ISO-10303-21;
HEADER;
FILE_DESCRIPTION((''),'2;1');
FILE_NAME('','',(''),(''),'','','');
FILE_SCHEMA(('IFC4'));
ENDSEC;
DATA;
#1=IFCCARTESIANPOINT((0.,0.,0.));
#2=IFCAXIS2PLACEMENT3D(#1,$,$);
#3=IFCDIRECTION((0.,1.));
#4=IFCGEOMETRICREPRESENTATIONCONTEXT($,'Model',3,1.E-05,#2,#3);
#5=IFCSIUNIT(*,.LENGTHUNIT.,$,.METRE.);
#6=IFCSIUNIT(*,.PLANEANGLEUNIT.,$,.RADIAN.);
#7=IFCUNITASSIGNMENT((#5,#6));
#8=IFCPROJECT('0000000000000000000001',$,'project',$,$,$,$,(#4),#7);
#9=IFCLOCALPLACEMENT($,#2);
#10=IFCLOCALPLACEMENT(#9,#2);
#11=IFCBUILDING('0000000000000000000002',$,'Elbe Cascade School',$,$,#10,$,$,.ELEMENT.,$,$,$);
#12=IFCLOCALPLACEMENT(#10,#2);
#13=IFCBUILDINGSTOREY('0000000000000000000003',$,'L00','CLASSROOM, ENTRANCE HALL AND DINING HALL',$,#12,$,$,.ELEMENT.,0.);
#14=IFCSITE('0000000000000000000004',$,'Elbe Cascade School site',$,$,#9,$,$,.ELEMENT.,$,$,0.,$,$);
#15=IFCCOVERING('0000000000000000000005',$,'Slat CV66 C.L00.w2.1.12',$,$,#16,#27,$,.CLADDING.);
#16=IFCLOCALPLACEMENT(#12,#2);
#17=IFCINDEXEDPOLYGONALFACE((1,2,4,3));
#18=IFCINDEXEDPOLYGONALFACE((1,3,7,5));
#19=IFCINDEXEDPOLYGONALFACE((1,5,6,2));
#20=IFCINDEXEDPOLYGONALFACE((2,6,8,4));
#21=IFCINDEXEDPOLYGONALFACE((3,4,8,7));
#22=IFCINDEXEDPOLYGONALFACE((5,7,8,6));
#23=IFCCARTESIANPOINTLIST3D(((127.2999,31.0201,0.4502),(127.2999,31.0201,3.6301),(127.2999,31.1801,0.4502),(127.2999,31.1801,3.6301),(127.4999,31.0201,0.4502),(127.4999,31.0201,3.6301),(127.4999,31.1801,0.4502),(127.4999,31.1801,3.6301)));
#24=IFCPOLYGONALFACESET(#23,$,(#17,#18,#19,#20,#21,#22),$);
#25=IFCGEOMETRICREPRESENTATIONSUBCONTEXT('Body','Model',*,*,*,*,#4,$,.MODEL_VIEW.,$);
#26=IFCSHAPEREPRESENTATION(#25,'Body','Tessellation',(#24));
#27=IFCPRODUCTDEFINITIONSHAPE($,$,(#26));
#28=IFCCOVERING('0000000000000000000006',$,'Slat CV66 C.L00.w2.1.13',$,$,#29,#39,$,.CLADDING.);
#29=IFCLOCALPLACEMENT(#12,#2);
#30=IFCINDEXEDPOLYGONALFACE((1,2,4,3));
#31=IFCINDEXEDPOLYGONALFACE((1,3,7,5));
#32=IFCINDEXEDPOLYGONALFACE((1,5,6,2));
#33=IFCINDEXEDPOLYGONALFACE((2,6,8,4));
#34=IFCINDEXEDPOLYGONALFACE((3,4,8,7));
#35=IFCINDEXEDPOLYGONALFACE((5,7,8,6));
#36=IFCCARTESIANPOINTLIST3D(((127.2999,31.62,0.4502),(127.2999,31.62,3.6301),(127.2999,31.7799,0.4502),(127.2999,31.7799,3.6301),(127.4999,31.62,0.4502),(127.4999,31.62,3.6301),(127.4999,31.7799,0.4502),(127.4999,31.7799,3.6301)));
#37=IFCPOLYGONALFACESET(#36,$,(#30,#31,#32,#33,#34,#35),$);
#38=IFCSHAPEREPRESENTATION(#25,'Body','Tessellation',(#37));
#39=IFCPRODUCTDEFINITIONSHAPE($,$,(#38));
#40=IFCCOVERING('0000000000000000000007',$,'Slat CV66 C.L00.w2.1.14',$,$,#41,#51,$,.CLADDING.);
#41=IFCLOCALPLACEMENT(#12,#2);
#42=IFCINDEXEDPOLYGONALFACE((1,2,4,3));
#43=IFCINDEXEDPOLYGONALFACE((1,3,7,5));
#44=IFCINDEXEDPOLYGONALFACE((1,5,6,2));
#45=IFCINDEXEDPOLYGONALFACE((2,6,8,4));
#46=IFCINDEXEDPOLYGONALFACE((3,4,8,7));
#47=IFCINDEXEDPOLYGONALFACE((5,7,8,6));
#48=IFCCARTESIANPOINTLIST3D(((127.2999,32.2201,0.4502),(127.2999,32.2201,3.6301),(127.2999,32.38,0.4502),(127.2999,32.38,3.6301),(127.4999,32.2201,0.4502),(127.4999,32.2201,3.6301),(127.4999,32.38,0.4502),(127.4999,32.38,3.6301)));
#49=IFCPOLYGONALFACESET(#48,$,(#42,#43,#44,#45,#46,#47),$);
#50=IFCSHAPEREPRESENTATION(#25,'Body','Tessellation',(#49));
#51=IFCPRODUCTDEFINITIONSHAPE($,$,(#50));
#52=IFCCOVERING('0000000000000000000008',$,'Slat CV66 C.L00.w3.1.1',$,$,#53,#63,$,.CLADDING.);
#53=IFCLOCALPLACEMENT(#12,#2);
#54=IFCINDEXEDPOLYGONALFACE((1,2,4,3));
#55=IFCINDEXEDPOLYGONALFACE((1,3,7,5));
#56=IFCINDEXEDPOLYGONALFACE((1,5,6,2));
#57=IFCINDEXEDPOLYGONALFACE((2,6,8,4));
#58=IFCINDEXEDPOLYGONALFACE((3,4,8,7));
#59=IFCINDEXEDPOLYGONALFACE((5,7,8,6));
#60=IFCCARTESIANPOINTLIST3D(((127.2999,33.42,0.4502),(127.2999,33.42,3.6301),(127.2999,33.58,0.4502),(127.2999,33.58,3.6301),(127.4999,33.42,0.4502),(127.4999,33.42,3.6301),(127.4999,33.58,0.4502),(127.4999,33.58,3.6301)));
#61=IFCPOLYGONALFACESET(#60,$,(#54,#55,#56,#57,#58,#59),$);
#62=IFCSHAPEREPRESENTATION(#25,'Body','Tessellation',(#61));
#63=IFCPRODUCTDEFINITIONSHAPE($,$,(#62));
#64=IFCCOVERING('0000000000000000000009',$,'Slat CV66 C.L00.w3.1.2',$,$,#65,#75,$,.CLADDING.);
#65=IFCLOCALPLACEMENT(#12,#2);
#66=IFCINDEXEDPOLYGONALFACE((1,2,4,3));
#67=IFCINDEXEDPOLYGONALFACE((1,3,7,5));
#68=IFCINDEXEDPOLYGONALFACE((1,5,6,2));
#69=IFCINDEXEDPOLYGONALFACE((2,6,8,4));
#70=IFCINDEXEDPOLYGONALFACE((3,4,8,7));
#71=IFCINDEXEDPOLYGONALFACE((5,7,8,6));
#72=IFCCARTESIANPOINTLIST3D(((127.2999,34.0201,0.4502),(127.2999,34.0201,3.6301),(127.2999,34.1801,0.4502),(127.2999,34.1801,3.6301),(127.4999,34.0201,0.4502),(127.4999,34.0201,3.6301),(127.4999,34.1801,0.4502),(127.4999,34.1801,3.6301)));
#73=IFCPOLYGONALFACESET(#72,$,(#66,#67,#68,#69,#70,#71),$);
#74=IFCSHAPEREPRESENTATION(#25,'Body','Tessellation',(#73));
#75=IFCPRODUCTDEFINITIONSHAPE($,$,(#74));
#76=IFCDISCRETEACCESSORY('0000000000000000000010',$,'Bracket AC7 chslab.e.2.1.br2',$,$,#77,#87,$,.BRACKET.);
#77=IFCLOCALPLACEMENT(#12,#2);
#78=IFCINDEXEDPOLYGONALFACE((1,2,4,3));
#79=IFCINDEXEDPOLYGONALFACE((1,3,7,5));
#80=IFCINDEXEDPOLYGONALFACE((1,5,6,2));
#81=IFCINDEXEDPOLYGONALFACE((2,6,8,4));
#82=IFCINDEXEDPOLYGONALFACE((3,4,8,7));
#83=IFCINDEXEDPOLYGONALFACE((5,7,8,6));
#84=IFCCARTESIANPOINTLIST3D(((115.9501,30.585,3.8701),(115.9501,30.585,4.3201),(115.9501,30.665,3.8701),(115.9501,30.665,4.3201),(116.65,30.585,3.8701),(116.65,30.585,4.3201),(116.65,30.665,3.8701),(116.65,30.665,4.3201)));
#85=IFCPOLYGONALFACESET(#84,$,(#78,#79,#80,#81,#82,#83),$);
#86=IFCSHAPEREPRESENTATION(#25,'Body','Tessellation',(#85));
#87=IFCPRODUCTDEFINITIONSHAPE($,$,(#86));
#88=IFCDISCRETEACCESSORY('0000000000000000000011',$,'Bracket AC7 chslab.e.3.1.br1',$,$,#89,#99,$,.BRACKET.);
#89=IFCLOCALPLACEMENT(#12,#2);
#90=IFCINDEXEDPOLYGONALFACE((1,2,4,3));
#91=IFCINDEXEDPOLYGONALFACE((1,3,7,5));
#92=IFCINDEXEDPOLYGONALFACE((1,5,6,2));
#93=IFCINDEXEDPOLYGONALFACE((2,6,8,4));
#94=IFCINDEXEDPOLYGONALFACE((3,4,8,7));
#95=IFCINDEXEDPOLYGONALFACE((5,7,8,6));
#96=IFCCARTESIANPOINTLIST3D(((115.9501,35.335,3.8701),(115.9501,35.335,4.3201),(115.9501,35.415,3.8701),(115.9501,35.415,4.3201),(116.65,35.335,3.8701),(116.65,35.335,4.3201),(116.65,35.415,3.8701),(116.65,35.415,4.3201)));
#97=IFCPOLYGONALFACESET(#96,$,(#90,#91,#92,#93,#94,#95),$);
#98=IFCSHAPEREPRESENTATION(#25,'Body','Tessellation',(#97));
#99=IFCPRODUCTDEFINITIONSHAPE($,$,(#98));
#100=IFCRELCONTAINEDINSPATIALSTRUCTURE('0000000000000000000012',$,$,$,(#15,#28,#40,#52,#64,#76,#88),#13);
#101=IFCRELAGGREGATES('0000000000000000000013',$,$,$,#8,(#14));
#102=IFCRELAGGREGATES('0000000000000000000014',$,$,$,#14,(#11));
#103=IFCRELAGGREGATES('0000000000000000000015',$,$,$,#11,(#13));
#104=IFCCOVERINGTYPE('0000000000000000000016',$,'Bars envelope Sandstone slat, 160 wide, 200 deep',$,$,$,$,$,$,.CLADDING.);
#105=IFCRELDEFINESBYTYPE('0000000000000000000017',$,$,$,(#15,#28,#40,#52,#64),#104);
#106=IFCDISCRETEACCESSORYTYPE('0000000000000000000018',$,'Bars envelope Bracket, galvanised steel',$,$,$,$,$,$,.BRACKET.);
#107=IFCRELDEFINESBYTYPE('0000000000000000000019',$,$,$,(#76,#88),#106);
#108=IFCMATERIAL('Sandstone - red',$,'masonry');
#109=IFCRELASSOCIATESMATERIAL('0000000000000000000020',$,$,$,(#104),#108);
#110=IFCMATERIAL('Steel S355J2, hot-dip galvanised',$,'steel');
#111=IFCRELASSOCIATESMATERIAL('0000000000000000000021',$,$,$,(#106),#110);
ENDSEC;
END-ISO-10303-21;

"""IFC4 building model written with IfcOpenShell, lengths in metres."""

from ifc_helpers import new_model, si_unit, direction, frame, origin, origin_2d, place, context, subcontext, project, spatial, rectangle, extrude, material, type_object, element, save


model = new_model("IFC4")

# Units and contexts
model_context = context("Model", 3, precision=1e-05, world=origin(), true_north=direction((0.0, 1.0)))
body_context = subcontext(model_context, "Body", "Model", "MODEL_VIEW")
ifc_project = project(units=[si_unit("LENGTHUNIT", "METRE"), si_unit("PLANEANGLEUNIT", "RADIAN")], contexts=[model_context])

# Site, building, storey
site_placement = place(None, origin())
site = spatial("IfcSite", under=ifc_project, at=site_placement, Name="Elbe Cascade School site", CompositionType="ELEMENT", RefElevation=0.0)
building_placement = place(site_placement, origin())
building = spatial("IfcBuilding", under=site, at=building_placement, Name="Elbe Cascade School", CompositionType="ELEMENT")
storey_placement = place(building_placement, origin())
storey = spatial("IfcBuildingStorey", under=building, at=storey_placement, Name="L00", Description="CLASSROOM, ENTRANCE HALL AND DINING HALL", CompositionType="ELEMENT", Elevation=0.0)

# Coverings
ifc_material_1 = material(Name="Sandstone - red", Category="masonry")
covering_type_1 = type_object("IfcCoveringType", Name="Bars envelope Sandstone slat, 160 wide, 200 deep", PredefinedType="CLADDING", material=ifc_material_1)
for number, where, z_axis, x_axis, name in (
    (1, (127.3999, 31.1001, 0.4502), (0.0, 0.0, 1.0), (0.0, 1.0, 0.0), "Slat CV66 C.L00.w2.1.12"),
    (2, (127.3999, 31.7, 0.4502), (0.0, 0.0, 1.0), (0.0, 1.0, 0.0), "Slat CV66 C.L00.w2.1.13"),
    (3, (127.3999, 32.3, 0.4502), (0.0, 0.0, 1.0), (0.0, 1.0, 0.0), "Slat CV66 C.L00.w2.1.14"),
    (4, (127.3999, 33.5, 0.4502), (0.0, 0.0, 1.0), (0.0, 1.0, 0.0), "Slat CV66 C.L00.w3.1.1"),
    (5, (127.3999, 34.1001, 0.4502), (0.0, 0.0, 1.0), (0.0, 1.0, 0.0), "Slat CV66 C.L00.w3.1.2"),
):
    element("IfcCovering", number, at=place(storey_placement, frame(where, z_axis=z_axis, x_axis=x_axis)), inside=storey, type_object=covering_type_1, Name=name, PredefinedType="CLADDING", context=body_context, shape_type="SweptSolid", body=[
        extrude(rectangle(XDim=0.1599, YDim=0.2, at=origin_2d()), origin(), (0.0, 0.0, 1.0), 3.1799),
    ])

# Discrete accessories
ifc_material_2 = material(Name="Steel S355J2, hot-dip galvanised", Category="steel")
discrete_accessory_type = type_object("IfcDiscreteAccessoryType", Name="Bars envelope Bracket, galvanised steel", PredefinedType="BRACKET", material=ifc_material_2)
for number, where, z_axis, x_axis, name in (
    (6, (116.3, 30.625, 3.8701), (0.0, 0.0, 1.0), (0.0, 1.0, 0.0), "Bracket AC7 chslab.e.2.1.br2"),
    (7, (116.3, 35.375, 3.8701), (0.0, 0.0, 1.0), (0.0, 1.0, 0.0), "Bracket AC7 chslab.e.3.1.br1"),
):
    element("IfcDiscreteAccessory", number, at=place(storey_placement, frame(where, z_axis=z_axis, x_axis=x_axis)), inside=storey, type_object=discrete_accessory_type, Name=name, PredefinedType="BRACKET", context=body_context, shape_type="SweptSolid", body=[
        extrude(rectangle(XDim=0.0801, YDim=0.7, at=origin_2d()), origin(), (0.0, 0.0, 1.0), 0.45),
    ])

save(model, "model.ifc")
